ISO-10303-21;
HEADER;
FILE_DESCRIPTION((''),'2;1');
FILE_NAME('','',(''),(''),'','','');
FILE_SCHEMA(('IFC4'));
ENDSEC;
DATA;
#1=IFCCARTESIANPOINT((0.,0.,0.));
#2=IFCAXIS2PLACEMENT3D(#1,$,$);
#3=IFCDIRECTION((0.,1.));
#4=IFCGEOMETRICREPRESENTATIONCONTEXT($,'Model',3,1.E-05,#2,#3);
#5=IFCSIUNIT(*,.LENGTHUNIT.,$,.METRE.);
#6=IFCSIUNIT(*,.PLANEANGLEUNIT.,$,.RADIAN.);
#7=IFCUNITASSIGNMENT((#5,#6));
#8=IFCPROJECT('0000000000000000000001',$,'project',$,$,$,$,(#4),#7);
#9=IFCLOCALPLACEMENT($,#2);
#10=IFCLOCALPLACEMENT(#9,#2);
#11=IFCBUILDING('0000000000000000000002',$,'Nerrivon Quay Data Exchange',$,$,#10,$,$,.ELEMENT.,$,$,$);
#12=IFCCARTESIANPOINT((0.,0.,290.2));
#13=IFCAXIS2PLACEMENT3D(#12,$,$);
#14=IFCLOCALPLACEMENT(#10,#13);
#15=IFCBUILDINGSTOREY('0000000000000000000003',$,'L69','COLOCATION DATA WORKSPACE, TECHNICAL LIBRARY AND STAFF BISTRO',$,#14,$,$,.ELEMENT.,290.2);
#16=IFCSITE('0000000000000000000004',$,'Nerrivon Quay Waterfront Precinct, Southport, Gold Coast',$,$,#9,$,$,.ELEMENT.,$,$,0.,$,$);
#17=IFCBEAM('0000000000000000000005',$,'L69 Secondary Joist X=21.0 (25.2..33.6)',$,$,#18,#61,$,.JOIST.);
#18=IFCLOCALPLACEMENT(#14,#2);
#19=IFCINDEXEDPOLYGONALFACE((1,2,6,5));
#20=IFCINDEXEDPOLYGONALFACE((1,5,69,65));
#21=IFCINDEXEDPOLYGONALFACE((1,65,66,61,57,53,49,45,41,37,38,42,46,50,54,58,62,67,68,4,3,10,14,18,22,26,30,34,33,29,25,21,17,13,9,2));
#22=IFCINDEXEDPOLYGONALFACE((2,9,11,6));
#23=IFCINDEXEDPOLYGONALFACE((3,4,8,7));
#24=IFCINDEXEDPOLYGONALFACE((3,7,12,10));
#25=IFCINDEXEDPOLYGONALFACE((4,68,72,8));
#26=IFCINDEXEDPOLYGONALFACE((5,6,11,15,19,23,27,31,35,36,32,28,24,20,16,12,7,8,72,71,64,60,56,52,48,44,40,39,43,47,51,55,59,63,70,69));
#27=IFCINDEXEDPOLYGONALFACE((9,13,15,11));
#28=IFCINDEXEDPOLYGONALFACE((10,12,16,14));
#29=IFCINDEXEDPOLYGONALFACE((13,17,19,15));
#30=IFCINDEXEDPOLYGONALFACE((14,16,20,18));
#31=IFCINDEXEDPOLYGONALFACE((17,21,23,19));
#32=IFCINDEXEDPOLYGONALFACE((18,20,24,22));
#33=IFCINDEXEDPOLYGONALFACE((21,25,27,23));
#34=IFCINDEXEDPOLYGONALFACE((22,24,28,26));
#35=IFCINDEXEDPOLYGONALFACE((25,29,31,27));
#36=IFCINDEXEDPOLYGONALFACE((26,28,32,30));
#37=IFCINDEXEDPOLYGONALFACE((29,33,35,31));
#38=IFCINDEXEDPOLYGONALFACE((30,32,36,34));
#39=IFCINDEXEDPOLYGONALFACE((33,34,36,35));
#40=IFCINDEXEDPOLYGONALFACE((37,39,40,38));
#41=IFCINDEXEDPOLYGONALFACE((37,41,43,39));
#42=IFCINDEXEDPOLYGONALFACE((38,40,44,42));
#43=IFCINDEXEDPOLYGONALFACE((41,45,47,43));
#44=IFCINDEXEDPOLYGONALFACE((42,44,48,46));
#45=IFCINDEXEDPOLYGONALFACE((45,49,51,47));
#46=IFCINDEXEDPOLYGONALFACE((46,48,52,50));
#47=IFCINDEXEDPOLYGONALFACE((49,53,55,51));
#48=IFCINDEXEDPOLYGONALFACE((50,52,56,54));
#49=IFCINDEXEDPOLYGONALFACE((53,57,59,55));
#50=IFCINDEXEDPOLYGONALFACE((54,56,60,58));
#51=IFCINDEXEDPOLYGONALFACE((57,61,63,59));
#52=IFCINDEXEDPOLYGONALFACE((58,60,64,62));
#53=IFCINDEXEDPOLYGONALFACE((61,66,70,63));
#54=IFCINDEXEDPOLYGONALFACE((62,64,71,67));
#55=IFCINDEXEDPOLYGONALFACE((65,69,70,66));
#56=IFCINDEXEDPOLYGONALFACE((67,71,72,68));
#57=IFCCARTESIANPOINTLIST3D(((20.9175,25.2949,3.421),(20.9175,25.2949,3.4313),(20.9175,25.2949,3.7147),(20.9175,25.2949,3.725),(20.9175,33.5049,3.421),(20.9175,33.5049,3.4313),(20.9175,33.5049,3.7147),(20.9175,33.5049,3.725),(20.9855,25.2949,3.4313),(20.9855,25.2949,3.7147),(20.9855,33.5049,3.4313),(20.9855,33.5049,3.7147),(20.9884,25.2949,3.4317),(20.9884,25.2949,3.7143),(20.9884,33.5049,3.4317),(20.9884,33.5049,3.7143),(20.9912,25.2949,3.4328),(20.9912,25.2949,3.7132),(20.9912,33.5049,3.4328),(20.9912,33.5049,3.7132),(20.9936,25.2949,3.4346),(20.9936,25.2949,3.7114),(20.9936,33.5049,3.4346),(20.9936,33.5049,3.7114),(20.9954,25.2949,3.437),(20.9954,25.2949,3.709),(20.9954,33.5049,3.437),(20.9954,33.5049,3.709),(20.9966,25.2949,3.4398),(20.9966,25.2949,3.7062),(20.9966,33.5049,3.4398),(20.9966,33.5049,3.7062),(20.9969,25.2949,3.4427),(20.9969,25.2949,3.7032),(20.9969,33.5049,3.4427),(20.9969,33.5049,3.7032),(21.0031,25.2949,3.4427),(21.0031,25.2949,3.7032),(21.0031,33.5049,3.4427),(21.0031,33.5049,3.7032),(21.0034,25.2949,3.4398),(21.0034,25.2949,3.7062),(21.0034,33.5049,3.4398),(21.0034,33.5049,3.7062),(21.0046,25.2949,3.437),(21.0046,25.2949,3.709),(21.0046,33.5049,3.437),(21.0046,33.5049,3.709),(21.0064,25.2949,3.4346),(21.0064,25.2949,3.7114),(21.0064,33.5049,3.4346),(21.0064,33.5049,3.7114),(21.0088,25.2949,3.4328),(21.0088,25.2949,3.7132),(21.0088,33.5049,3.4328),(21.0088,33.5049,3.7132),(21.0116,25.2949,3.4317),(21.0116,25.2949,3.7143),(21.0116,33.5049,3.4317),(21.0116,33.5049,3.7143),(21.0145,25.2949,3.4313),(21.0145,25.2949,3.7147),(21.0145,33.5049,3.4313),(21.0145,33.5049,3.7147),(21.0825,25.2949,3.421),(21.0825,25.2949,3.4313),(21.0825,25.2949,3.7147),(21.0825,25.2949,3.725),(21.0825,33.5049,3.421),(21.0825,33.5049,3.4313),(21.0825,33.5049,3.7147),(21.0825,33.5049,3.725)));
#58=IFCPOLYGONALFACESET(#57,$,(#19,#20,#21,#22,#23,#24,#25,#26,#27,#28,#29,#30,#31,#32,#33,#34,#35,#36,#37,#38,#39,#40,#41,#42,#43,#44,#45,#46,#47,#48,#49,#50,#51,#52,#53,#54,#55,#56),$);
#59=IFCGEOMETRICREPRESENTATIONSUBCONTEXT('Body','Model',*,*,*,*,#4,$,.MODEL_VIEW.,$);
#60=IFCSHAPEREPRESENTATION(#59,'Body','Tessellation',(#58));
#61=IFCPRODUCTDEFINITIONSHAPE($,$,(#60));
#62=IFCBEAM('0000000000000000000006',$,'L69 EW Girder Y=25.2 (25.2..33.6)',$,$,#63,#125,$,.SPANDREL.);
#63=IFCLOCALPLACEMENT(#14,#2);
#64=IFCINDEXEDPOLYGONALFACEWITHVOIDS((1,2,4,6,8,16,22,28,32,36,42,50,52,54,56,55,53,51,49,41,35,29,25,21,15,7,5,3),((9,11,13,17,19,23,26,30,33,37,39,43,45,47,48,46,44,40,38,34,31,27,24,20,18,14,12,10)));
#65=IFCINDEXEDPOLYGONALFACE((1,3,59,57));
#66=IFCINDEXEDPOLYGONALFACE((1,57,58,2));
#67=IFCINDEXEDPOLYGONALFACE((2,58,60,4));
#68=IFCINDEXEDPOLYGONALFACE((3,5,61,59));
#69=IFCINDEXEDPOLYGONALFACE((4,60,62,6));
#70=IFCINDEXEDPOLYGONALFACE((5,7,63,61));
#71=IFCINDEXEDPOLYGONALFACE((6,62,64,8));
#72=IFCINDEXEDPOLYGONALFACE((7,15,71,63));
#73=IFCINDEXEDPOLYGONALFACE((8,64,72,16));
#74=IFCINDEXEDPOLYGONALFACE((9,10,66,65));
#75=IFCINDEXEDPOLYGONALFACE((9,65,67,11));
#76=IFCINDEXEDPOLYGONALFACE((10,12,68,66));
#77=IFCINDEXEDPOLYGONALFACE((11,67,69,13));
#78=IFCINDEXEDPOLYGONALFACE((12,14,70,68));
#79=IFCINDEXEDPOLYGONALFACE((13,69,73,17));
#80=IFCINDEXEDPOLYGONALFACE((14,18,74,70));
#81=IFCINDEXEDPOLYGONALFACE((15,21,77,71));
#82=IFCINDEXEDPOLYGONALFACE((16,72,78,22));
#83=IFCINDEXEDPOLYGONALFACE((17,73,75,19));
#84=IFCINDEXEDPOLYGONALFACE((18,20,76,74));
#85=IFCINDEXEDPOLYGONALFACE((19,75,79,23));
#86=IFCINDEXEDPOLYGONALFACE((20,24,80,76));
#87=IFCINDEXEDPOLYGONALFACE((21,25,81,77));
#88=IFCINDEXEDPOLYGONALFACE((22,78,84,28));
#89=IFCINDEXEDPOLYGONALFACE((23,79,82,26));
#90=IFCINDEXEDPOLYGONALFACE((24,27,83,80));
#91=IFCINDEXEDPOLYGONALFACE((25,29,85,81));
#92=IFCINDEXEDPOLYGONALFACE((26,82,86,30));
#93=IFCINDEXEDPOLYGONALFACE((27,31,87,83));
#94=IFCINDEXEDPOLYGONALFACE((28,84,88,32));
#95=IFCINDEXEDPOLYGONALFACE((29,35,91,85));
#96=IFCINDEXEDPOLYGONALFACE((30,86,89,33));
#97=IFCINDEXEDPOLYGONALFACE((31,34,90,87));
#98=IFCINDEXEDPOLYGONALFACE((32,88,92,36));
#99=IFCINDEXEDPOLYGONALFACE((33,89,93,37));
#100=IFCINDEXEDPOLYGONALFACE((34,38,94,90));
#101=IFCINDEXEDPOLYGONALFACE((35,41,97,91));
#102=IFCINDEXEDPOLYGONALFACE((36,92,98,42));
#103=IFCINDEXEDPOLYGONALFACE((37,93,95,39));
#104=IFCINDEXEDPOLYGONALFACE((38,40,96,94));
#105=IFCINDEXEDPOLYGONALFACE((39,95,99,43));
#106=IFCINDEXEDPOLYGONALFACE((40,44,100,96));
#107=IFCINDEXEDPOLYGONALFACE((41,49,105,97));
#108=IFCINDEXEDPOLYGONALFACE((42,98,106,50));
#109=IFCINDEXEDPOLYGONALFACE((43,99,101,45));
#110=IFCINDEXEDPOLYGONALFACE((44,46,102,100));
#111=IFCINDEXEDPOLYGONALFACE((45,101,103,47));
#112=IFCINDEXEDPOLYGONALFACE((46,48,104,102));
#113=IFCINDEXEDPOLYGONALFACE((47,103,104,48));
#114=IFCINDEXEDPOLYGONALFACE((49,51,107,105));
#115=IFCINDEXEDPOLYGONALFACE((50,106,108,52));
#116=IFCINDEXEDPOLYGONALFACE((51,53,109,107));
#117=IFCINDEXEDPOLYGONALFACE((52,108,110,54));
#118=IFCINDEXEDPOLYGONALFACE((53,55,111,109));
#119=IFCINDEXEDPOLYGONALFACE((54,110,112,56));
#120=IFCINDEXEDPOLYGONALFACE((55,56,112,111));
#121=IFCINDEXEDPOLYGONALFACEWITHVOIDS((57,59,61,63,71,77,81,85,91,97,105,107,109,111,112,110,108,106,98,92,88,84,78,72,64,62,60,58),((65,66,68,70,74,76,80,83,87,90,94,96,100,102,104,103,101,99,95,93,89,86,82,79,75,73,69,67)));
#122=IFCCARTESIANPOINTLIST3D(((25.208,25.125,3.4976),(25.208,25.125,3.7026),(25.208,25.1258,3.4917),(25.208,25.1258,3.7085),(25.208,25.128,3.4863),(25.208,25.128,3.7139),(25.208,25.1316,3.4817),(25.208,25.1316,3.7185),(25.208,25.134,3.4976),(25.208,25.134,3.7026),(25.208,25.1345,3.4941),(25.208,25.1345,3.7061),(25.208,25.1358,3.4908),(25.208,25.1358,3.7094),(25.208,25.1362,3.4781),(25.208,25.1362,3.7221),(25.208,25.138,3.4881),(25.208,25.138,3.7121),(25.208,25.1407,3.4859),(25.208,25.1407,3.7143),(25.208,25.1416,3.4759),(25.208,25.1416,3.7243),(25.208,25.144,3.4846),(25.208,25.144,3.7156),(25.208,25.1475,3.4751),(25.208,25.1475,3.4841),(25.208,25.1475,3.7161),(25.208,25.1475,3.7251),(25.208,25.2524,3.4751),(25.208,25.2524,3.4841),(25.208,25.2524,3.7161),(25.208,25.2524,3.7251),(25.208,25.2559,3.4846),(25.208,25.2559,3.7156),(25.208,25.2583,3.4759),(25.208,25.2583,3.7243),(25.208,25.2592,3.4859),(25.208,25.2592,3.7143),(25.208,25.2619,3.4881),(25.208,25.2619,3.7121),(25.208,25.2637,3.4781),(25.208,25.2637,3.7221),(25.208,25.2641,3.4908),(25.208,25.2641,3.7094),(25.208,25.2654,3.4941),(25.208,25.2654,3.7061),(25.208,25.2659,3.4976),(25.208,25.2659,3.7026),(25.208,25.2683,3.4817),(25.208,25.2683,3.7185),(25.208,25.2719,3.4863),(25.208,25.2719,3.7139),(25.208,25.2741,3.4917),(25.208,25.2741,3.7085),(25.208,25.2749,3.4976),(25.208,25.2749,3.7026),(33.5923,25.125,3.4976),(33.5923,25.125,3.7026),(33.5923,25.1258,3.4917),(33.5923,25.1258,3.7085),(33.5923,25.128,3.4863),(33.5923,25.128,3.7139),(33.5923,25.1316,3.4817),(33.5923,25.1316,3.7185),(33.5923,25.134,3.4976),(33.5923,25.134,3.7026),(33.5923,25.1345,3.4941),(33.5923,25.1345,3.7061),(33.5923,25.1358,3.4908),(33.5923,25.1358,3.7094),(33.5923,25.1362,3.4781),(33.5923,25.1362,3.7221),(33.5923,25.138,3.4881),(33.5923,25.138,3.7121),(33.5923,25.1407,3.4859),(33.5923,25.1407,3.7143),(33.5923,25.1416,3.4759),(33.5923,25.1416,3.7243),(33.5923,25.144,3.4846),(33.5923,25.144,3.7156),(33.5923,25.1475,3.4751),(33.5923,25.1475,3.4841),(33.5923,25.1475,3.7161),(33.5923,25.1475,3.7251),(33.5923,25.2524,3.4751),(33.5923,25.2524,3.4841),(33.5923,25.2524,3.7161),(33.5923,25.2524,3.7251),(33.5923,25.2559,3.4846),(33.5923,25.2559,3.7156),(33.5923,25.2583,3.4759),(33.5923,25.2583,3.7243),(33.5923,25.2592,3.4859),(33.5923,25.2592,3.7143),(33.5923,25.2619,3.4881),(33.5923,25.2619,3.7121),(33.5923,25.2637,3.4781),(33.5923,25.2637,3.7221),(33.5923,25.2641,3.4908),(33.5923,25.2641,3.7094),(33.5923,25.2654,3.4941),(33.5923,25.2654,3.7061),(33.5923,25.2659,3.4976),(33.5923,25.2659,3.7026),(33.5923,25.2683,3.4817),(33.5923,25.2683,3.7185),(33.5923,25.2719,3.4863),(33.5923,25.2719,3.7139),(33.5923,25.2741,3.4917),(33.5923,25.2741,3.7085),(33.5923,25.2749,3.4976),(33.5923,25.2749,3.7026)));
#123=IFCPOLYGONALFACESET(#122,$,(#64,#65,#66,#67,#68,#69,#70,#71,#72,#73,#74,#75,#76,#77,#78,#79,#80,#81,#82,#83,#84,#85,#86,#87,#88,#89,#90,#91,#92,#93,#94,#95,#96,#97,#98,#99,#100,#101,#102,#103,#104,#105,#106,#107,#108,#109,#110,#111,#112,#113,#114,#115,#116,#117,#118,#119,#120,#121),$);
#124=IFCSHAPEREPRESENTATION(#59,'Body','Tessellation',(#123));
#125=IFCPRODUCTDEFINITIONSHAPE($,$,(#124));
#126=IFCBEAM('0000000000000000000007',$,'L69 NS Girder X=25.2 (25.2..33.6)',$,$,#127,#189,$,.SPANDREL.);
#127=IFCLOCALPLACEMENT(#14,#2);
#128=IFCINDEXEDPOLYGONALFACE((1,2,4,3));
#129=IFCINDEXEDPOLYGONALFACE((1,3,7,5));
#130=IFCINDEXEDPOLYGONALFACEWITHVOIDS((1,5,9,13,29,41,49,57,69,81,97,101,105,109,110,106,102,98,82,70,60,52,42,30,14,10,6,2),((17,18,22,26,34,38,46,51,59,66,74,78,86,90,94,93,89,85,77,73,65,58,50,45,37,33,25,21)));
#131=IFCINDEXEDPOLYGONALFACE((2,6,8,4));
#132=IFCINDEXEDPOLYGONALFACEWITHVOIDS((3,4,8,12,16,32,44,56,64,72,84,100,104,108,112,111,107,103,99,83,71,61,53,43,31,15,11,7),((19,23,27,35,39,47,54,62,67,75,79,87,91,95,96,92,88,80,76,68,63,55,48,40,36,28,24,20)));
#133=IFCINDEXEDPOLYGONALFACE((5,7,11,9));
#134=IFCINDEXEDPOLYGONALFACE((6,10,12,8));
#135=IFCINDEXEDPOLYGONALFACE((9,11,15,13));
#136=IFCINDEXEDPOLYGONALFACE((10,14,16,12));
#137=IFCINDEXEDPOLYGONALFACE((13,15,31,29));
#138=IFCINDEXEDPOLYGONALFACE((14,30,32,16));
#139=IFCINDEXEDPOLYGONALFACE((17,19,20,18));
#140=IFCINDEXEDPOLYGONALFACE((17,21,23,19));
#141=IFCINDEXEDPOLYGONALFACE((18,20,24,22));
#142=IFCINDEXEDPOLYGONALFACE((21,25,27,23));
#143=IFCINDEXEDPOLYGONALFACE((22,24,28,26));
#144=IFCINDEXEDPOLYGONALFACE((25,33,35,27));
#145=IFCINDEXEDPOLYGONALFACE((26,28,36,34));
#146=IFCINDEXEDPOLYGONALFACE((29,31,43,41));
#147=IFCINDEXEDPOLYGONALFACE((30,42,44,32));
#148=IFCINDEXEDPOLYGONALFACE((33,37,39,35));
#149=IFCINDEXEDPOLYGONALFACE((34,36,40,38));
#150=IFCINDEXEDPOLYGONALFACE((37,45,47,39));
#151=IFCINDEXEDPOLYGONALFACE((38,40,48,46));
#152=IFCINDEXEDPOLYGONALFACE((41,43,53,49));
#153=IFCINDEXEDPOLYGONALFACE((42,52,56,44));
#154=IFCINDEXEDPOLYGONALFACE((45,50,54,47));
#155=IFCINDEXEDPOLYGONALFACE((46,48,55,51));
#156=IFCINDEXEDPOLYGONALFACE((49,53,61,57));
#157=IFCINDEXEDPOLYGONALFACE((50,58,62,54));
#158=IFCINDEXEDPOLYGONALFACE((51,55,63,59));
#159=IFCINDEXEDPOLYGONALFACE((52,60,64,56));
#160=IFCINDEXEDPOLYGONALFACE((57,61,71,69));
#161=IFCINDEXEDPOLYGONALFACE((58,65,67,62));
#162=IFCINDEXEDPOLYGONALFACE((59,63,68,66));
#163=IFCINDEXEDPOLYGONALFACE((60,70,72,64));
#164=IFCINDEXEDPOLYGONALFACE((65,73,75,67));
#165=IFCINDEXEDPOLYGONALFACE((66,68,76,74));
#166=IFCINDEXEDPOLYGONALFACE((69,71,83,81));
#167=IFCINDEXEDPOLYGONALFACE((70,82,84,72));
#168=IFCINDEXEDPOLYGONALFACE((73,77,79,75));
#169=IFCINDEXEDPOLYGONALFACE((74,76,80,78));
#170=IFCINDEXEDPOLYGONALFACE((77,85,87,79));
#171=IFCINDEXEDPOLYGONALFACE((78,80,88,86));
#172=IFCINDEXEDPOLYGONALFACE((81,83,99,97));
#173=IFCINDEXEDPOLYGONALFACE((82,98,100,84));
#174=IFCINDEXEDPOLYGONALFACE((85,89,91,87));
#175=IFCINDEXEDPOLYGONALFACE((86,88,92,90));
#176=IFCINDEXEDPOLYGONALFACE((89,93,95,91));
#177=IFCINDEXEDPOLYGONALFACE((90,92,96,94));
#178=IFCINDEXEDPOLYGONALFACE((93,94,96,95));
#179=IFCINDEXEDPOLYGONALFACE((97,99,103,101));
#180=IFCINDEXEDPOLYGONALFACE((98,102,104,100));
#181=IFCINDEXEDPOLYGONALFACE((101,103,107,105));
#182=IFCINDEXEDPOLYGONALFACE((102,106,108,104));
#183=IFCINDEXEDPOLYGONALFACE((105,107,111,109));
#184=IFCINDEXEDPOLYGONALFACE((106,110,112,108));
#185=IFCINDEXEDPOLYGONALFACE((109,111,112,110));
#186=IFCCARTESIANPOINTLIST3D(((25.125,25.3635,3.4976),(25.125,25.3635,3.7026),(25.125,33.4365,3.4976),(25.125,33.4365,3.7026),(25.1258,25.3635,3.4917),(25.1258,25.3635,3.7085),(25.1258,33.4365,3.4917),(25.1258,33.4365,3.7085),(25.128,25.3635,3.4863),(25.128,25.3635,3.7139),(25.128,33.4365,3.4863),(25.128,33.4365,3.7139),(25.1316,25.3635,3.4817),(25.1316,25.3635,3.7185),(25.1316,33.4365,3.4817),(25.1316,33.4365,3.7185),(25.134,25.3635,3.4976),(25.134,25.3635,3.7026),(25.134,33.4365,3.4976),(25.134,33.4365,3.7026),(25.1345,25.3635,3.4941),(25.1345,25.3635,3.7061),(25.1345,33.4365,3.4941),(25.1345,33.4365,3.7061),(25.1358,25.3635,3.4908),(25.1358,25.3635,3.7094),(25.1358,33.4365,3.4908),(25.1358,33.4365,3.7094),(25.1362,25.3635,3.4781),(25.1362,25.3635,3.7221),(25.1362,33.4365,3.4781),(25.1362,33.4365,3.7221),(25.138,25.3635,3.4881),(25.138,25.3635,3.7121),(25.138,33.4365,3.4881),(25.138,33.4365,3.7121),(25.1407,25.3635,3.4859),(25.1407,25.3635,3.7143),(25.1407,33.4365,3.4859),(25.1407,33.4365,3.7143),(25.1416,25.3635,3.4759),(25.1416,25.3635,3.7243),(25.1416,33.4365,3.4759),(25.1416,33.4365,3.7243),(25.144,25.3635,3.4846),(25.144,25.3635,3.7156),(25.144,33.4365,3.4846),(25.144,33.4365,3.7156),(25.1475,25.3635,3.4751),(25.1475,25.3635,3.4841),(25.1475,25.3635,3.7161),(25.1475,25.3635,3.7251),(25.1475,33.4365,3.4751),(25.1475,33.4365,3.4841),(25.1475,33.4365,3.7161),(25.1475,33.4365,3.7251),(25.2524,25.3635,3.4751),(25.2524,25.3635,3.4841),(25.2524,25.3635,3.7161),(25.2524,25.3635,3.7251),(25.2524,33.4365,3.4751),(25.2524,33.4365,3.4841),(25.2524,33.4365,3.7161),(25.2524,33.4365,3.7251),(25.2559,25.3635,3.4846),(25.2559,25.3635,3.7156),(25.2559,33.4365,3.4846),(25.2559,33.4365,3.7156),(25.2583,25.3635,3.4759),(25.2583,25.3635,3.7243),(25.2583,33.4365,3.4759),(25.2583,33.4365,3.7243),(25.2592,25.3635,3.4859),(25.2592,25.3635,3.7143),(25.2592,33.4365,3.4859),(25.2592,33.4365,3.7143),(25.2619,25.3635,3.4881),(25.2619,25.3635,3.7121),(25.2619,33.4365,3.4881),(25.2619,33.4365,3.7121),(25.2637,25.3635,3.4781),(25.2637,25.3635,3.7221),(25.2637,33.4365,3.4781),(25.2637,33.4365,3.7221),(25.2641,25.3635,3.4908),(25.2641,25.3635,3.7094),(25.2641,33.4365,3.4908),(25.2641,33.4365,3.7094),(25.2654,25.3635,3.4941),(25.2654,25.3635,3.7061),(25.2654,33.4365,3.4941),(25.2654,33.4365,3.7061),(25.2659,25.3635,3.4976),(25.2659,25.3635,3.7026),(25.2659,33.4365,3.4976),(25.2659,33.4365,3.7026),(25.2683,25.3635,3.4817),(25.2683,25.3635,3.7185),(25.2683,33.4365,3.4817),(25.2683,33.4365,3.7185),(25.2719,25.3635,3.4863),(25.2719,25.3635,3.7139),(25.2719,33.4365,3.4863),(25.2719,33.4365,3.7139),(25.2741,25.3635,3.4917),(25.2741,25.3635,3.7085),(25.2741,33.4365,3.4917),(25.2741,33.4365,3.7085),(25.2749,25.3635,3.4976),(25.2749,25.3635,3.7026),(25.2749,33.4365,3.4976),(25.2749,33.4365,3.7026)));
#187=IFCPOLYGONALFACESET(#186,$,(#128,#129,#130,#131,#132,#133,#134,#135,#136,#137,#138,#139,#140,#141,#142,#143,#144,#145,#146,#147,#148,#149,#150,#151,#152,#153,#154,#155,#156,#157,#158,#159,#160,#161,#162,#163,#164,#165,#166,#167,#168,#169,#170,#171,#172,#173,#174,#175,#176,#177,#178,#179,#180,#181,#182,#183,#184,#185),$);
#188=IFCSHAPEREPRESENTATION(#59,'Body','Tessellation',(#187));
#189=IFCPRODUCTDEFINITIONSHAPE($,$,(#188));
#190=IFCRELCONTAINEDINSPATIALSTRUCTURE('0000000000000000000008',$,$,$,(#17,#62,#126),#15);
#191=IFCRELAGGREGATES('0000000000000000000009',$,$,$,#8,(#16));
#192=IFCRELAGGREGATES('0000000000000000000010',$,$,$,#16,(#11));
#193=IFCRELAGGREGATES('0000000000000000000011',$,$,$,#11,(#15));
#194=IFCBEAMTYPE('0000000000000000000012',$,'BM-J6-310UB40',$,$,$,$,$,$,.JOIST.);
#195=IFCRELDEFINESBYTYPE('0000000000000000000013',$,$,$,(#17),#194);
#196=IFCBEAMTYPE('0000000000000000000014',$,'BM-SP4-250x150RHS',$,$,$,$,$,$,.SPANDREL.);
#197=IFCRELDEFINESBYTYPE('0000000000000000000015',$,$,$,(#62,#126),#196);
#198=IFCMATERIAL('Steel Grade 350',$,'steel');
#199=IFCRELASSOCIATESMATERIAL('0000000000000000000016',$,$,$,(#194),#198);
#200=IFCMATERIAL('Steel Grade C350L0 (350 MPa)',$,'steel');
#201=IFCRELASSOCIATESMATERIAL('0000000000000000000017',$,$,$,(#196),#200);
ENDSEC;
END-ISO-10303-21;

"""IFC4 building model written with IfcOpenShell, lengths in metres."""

from ifc_helpers import new_model, si_unit, direction, frame, origin, origin_2d, place, context, subcontext, project, spatial, hollow_rectangle, i_section, extrude, material, material_profile, profile_set, type_object, element, save


model = new_model("IFC4")

# Units and contexts
model_context = context("Model", 3, precision=1e-05, world=origin(), true_north=direction((0.0, 1.0)))
body_context = subcontext(model_context, "Body", "Model", "MODEL_VIEW")
ifc_project = project(units=[si_unit("LENGTHUNIT", "METRE"), si_unit("PLANEANGLEUNIT", "RADIAN")], contexts=[model_context])

# Site, building, storey
site_placement = place(None, origin())
site = spatial("IfcSite", under=ifc_project, at=site_placement, Name="Nerrivon Quay Waterfront Precinct, Southport, Gold Coast", CompositionType="ELEMENT", RefElevation=0.0)
building_placement = place(site_placement, origin())
building = spatial("IfcBuilding", under=site, at=building_placement, Name="Nerrivon Quay Data Exchange", CompositionType="ELEMENT")
storey_placement = place(building_placement, frame((0.0, 0.0, 290.2)))
storey = spatial("IfcBuildingStorey", under=building, at=storey_placement, Name="L69", Description="COLOCATION DATA WORKSPACE, TECHNICAL LIBRARY AND STAFF BISTRO", CompositionType="ELEMENT", Elevation=290.2)

# Shared definitions
ifc_material_1 = material(Name="Steel Grade 350", Category="steel")

# Beams
ifc_material_profile_1 = material_profile(ifc_material_1, i_section(OverallWidth=0.165, OverallDepth=0.304, WebThickness=0.0061, FlangeThickness=0.0103, FilletRadius=0.0115, at=origin_2d()), Name="310UB40.4")
ifc_profile_set_1 = profile_set([ifc_material_profile_1], Name="Steel Grade 350")
beam_type_1 = type_object("IfcBeamType", Name="BM-J6-310UB40", PredefinedType="JOIST", material=ifc_profile_set_1)
for number, where, z_axis, x_axis, name in (
    (1, (21.0, 25.2949, 3.573), (0.0, 1.0, 0.0), (-1.0, 0.0, 0.0), "L69 Secondary Joist X=21.0 (25.2..33.6)"),
):
    element("IfcBeam", number, at=place(storey_placement, frame(where, z_axis=z_axis, x_axis=x_axis)), inside=storey, type_object=beam_type_1, Name=name, PredefinedType="JOIST", context=body_context, shape_type="SweptSolid", body=[
        extrude(i_section(OverallWidth=0.165, OverallDepth=0.304, WebThickness=0.0061, FlangeThickness=0.0103, FilletRadius=0.0115, at=origin_2d()), origin(), (0.0, 0.0, 1.0), 8.21),
    ])
ifc_material_2 = material(Name="Steel Grade C350L0 (350 MPa)", Category="steel")
ifc_material_profile_2 = material_profile(ifc_material_2, hollow_rectangle(XDim=0.1499, YDim=0.25, WallThickness=0.009, InnerFilletRadius=0.0134, OuterFilletRadius=0.0225, at=origin_2d()), Name="250x150x9.0RHS")
ifc_profile_set_2 = profile_set([ifc_material_profile_2], Name="Steel Grade C350L0 (350 MPa)")
beam_type_2 = type_object("IfcBeamType", Name="BM-SP4-250x150RHS", PredefinedType="SPANDREL", material=ifc_profile_set_2)
beam_1_placement = place(storey_placement, frame((25.208, 25.2, 3.6001), z_axis=(1.0, 0.0, 0.0), x_axis=(0.0, 1.0, 0.0)))
element("IfcBeam", 2, at=beam_1_placement, inside=storey, type_object=beam_type_2, Name="L69 EW Girder Y=25.2 (25.2..33.6)", PredefinedType="SPANDREL", context=body_context, shape_type="SweptSolid", body=[
    extrude(hollow_rectangle(XDim=0.1499, YDim=0.25, WallThickness=0.009, InnerFilletRadius=0.0134, OuterFilletRadius=0.0225, at=origin_2d()), origin(), (0.0, 0.0, 1.0), 8.3843),
])
beam_2_placement = place(storey_placement, frame((25.2, 25.3635, 3.6001), z_axis=(0.0, 1.0, 0.0), x_axis=(-1.0, 0.0, 0.0)))
element("IfcBeam", 3, at=beam_2_placement, inside=storey, type_object=beam_type_2, Name="L69 NS Girder X=25.2 (25.2..33.6)", PredefinedType="SPANDREL", context=body_context, shape_type="SweptSolid", body=[
    extrude(hollow_rectangle(XDim=0.1499, YDim=0.25, WallThickness=0.009, InnerFilletRadius=0.0134, OuterFilletRadius=0.0225, at=origin_2d()), origin(), (0.0, 0.0, 1.0), 8.073),
])

save(model, "model.ifc")
